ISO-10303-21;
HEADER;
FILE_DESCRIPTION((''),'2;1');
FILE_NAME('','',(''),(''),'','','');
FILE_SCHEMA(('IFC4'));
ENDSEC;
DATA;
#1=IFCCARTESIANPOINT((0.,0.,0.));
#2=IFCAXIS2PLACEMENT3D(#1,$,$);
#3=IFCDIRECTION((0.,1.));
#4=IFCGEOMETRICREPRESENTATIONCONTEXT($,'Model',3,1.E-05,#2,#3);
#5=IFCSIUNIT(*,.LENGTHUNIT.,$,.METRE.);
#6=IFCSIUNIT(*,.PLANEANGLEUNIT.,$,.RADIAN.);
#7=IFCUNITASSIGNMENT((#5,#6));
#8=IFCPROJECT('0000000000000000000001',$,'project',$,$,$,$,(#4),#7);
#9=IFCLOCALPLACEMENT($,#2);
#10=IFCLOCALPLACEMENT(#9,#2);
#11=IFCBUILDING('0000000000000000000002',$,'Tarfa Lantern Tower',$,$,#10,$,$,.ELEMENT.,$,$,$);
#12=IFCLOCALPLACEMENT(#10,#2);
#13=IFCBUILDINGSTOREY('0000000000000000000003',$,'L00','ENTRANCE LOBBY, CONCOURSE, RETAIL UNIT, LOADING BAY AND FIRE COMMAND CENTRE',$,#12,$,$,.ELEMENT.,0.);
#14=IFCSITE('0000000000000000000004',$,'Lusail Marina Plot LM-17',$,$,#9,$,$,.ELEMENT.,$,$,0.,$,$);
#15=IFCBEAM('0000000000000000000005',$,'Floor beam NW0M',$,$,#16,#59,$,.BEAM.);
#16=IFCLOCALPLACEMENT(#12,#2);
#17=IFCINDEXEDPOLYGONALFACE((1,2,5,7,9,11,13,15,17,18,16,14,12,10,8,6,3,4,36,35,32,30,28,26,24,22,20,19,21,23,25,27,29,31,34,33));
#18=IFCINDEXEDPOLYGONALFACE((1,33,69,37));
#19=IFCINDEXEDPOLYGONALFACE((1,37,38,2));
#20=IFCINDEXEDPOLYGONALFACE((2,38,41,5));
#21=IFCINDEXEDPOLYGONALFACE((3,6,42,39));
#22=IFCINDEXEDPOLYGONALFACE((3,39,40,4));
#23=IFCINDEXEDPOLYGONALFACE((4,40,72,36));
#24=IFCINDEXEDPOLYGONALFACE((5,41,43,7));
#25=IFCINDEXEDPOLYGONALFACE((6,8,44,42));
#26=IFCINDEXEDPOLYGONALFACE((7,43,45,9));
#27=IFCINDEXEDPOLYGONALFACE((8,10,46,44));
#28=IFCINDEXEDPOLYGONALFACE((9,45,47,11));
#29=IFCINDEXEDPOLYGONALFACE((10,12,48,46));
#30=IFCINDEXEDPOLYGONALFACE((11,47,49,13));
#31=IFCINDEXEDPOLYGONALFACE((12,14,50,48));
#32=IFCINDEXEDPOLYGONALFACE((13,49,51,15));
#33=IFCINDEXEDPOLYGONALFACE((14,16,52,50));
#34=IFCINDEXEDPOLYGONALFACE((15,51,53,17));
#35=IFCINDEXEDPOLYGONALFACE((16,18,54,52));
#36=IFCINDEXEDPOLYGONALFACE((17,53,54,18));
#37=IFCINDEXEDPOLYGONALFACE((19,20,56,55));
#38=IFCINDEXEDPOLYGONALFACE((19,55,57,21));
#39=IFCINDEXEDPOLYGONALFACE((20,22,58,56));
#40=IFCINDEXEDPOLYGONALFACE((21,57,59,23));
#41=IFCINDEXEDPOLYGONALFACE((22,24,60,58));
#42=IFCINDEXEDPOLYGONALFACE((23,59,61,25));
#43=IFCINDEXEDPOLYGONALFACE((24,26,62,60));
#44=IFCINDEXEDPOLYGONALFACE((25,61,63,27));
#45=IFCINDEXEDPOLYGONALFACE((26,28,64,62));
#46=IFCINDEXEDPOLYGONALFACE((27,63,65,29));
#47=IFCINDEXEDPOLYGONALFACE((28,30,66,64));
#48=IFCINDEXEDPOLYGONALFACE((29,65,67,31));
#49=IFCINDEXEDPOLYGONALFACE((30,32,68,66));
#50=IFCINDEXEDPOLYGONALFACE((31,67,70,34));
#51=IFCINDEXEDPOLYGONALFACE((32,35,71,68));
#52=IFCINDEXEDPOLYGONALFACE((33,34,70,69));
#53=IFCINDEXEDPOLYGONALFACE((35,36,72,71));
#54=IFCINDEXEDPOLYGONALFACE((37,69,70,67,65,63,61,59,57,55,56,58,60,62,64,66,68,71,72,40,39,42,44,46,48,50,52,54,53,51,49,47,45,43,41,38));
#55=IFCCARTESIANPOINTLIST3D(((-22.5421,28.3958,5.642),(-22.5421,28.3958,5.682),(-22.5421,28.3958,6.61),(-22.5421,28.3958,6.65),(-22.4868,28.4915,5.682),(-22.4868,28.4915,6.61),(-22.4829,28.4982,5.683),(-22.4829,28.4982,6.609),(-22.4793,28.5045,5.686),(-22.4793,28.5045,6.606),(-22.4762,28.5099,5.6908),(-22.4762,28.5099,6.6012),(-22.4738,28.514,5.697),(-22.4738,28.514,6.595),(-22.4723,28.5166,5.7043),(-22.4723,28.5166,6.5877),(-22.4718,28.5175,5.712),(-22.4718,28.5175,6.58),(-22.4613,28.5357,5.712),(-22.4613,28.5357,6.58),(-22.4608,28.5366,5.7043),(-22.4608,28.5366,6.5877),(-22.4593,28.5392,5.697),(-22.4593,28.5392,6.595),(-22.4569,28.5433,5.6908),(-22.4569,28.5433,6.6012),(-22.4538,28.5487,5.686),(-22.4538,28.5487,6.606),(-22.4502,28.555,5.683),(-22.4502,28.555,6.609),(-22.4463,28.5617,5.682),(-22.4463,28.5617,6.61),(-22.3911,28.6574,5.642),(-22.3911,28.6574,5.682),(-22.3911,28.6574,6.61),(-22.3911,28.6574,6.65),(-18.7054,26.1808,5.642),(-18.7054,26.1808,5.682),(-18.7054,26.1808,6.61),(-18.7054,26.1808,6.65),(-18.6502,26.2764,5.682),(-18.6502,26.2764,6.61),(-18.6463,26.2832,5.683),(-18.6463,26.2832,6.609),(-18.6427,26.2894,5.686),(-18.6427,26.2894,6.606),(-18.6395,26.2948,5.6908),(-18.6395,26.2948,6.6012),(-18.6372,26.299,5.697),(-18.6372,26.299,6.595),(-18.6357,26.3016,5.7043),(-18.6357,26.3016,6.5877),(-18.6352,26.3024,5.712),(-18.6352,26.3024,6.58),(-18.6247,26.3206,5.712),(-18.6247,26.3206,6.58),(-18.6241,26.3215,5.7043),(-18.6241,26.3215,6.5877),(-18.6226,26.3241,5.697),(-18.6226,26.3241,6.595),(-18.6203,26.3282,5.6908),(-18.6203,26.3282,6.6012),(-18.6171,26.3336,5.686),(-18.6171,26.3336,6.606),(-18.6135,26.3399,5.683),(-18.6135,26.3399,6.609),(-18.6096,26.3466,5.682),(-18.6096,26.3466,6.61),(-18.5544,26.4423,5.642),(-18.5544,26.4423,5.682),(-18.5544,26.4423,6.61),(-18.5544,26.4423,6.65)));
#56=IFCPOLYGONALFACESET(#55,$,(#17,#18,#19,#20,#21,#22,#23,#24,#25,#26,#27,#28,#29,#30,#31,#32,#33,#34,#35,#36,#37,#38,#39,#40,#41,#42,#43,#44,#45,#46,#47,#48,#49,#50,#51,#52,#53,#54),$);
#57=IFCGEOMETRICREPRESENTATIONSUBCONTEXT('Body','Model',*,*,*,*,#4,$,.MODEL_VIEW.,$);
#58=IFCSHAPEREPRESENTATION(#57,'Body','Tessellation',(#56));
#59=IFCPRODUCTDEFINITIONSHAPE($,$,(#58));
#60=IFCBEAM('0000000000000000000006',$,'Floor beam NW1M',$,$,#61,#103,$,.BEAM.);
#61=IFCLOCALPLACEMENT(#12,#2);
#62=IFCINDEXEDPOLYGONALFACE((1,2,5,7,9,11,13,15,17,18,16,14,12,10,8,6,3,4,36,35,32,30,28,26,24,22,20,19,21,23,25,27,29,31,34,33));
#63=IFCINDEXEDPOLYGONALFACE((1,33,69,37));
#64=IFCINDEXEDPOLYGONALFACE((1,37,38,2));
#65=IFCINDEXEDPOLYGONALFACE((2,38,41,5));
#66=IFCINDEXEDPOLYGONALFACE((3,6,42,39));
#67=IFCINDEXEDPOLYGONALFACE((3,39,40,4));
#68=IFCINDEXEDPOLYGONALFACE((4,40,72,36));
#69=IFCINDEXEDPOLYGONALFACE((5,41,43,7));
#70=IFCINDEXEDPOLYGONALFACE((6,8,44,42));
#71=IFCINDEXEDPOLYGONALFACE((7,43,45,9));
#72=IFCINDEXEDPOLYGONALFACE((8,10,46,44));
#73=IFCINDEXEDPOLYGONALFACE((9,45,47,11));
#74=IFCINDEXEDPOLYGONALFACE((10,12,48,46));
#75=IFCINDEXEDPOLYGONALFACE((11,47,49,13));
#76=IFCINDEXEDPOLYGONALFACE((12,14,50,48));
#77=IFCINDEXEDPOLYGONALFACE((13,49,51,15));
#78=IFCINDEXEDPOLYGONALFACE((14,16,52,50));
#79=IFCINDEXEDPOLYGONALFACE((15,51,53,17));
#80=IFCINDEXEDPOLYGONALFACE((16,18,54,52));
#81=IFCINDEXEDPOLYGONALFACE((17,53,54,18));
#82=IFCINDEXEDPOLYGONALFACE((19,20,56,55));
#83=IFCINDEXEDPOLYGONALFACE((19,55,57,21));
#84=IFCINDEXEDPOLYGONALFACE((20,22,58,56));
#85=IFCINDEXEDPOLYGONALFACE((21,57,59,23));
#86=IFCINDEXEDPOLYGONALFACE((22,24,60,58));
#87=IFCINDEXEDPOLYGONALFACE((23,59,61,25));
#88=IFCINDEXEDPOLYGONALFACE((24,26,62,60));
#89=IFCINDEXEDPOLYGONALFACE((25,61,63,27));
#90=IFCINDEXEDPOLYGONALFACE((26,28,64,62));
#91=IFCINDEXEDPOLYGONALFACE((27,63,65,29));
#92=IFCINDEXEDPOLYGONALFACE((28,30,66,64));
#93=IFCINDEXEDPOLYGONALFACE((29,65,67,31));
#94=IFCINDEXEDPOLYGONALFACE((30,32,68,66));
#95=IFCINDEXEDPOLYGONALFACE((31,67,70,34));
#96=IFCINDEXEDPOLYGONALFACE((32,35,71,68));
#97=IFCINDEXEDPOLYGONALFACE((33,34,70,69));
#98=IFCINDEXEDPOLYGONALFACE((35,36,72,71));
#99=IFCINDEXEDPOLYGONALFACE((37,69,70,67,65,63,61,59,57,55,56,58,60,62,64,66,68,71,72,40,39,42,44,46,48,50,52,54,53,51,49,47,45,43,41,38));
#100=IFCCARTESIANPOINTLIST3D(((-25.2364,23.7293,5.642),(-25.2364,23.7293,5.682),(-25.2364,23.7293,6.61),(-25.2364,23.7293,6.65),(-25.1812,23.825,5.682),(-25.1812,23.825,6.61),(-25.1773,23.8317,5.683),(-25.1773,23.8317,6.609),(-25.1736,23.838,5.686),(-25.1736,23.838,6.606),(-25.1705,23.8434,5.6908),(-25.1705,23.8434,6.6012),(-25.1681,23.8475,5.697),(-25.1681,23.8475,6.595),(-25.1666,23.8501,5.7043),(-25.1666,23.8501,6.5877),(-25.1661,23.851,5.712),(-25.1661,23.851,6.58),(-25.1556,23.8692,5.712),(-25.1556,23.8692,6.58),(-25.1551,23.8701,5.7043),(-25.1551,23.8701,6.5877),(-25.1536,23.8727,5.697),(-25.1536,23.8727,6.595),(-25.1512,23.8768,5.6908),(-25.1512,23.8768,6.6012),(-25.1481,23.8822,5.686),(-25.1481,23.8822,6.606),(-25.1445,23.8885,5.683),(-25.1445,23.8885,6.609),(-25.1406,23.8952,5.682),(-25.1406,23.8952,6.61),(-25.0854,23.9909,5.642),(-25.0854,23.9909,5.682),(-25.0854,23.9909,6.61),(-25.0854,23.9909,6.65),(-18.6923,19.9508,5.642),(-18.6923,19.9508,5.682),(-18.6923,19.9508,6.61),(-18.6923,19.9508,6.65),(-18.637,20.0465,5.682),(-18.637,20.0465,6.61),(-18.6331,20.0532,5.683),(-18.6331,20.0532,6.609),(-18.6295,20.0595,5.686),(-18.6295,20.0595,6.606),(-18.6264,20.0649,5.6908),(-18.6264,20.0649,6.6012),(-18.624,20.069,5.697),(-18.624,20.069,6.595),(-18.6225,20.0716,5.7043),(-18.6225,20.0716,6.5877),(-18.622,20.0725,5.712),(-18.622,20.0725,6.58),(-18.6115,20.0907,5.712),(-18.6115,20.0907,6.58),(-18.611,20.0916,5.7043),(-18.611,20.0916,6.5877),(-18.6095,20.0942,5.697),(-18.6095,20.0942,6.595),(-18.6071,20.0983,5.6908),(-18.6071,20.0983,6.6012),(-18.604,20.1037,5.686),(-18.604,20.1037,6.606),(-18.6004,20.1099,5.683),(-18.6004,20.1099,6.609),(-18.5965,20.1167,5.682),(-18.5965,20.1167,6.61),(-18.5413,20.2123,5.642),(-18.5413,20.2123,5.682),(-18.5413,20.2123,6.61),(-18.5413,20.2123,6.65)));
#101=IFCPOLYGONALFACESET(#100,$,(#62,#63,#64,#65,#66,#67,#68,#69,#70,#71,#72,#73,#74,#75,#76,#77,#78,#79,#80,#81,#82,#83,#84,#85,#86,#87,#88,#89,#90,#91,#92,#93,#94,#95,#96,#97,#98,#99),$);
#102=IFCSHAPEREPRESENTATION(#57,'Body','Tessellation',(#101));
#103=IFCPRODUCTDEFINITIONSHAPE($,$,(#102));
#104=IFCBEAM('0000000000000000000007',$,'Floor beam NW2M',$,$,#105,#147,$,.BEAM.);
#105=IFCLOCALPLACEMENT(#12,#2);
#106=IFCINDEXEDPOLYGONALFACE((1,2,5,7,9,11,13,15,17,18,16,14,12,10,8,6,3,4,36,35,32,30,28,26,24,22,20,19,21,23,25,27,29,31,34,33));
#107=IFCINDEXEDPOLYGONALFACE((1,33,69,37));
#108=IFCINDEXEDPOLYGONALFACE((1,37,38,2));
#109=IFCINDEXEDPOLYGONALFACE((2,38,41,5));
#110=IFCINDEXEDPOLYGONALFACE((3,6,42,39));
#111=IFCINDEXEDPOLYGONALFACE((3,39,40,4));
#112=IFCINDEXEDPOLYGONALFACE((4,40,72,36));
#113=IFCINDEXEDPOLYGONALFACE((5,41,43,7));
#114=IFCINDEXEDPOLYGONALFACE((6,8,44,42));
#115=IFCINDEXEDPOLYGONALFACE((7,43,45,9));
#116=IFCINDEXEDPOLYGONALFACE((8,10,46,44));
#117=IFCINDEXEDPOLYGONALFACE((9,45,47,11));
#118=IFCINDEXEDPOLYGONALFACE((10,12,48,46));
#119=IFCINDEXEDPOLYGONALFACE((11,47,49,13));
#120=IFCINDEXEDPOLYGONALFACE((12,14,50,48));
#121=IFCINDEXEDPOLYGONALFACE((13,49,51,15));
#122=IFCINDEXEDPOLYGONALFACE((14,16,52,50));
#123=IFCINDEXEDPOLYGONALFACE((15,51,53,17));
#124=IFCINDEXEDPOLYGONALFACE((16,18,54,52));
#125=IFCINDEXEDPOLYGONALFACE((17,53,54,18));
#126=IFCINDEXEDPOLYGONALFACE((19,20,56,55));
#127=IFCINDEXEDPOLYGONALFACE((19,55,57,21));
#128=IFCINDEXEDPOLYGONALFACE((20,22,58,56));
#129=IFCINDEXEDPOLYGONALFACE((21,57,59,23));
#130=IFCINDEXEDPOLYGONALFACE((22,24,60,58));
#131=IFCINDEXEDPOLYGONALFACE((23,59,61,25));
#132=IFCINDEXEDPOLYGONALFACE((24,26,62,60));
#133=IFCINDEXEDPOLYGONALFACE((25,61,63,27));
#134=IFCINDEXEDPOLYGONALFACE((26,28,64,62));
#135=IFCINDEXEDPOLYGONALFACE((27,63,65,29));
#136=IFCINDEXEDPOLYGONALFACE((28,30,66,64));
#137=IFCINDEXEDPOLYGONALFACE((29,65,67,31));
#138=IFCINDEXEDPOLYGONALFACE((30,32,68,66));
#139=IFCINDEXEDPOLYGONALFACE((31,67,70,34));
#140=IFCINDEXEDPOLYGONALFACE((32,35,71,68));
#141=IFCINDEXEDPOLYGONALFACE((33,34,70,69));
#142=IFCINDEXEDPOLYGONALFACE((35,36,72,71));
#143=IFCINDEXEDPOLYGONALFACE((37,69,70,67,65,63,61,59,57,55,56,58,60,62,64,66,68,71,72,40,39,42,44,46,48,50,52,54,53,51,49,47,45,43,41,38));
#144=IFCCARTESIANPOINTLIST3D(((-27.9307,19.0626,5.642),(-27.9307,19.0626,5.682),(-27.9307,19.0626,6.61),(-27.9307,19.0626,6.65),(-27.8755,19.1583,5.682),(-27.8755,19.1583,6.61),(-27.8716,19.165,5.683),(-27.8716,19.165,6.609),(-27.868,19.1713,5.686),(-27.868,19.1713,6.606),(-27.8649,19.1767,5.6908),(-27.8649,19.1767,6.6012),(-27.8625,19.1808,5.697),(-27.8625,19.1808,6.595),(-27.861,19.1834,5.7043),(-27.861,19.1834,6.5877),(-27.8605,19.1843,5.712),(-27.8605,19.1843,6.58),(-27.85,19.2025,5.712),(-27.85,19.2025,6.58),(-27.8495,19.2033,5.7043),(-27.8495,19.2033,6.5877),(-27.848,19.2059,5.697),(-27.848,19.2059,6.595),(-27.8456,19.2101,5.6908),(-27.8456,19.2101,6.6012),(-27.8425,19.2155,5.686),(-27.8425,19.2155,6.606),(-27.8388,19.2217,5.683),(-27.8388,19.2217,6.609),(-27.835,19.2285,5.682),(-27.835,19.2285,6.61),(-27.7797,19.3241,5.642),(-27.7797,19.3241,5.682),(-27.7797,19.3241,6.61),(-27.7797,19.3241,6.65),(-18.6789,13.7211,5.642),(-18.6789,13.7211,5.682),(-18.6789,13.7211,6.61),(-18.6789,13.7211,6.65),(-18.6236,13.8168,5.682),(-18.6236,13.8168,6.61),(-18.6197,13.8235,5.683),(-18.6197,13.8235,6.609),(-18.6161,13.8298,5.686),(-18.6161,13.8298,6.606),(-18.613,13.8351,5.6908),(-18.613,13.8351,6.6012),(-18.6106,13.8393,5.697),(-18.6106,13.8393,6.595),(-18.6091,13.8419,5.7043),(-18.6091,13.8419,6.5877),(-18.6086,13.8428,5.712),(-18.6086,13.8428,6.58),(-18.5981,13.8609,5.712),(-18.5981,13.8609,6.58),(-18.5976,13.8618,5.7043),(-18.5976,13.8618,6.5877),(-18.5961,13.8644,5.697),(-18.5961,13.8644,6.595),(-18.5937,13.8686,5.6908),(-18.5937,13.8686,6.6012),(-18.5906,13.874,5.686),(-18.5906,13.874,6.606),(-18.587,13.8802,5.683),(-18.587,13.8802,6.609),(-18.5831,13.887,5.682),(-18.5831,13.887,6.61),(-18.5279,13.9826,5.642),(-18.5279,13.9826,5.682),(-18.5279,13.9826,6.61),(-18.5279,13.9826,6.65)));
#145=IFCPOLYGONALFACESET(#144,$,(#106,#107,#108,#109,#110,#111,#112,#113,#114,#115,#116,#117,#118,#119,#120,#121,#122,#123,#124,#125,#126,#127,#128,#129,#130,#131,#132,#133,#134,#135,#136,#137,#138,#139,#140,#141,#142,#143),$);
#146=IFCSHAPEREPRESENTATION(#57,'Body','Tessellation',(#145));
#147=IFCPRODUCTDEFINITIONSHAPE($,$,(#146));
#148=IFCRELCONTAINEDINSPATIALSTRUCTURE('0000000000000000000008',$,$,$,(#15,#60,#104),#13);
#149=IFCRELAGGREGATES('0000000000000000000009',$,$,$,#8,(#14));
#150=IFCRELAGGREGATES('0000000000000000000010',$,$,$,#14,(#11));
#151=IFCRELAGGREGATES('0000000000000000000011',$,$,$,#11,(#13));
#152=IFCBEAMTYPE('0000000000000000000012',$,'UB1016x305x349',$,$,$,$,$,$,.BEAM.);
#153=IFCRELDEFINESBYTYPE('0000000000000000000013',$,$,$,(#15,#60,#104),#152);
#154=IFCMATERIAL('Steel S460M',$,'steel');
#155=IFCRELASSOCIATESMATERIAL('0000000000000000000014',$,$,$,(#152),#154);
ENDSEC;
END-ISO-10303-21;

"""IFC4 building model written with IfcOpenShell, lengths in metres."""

from ifc_helpers import new_model, si_unit, direction, frame, origin, origin_2d, place, context, subcontext, project, spatial, i_section, extrude, material, material_profile, profile_set, type_object, element, save


model = new_model("IFC4")

# Units and contexts
model_context = context("Model", 3, precision=1e-05, world=origin(), true_north=direction((0.0, 1.0)))
body_context = subcontext(model_context, "Body", "Model", "MODEL_VIEW")
ifc_project = project(units=[si_unit("LENGTHUNIT", "METRE"), si_unit("PLANEANGLEUNIT", "RADIAN")], contexts=[model_context])

# Site, building, storey
site_placement = place(None, origin())
site = spatial("IfcSite", under=ifc_project, at=site_placement, Name="Lusail Marina Plot LM-17", CompositionType="ELEMENT", RefElevation=0.0)
building_placement = place(site_placement, origin())
building = spatial("IfcBuilding", under=site, at=building_placement, Name="Tarfa Lantern Tower", CompositionType="ELEMENT")
storey_placement = place(building_placement, origin())
storey = spatial("IfcBuildingStorey", under=building, at=storey_placement, Name="L00", Description="ENTRANCE LOBBY, CONCOURSE, RETAIL UNIT, LOADING BAY AND FIRE COMMAND CENTRE", CompositionType="ELEMENT", Elevation=0.0)

# Beams
ifc_material_1 = material(Name="Steel S460M", Category="steel")
ifc_material_profile_1 = material_profile(ifc_material_1, i_section(OverallWidth=0.302, OverallDepth=1.0081, WebThickness=0.021, FlangeThickness=0.04, FilletRadius=0.03, at=origin_2d()), Name="UB1016x305x349")
ifc_profile_set_1 = profile_set([ifc_material_profile_1], Name="Steel S460M")
beam_type_1 = type_object("IfcBeamType", Name="UB1016x305x349", PredefinedType="BEAM", material=ifc_profile_set_1)
beam_1_placement = place(storey_placement, frame((-22.4666, 28.5266, 6.146), z_axis=(0.866027, -0.499998, 0.0), x_axis=(0.499998, 0.866027, 0.0)))
element("IfcBeam", 1, at=beam_1_placement, inside=storey, type_object=beam_type_1, Name="Floor beam NW0M", PredefinedType="BEAM", context=body_context, shape_type="SweptSolid", body=[
    extrude(i_section(OverallWidth=0.302, OverallDepth=1.0081, WebThickness=0.021, FlangeThickness=0.04, FilletRadius=0.03, at=origin_2d()), origin(), (0.0, 0.0, 1.0), 4.4302),
])
beam_2_placement = place(storey_placement, frame((-25.1609, 23.8601, 6.146), z_axis=(0.86601, -0.500027, 0.0), x_axis=(0.500027, 0.86601, 0.0)))
element("IfcBeam", 2, at=beam_2_placement, inside=storey, type_object=beam_type_1, Name="Floor beam NW1M", PredefinedType="BEAM", context=body_context, shape_type="SweptSolid", body=[
    extrude(i_section(OverallWidth=0.302, OverallDepth=1.0081, WebThickness=0.021, FlangeThickness=0.04, FilletRadius=0.03, at=origin_2d()), origin(), (0.0, 0.0, 1.0), 7.5566),
])
beam_3_placement = place(storey_placement, frame((-27.8552, 19.1934, 6.146), z_axis=(0.866028, -0.499995, 0.0), x_axis=(0.499995, 0.866028, 0.0)))
element("IfcBeam", 3, at=beam_3_placement, inside=storey, type_object=beam_type_1, Name="Floor beam NW2M", PredefinedType="BEAM", context=body_context, shape_type="SweptSolid", body=[
    extrude(i_section(OverallWidth=0.302, OverallDepth=1.0081, WebThickness=0.021, FlangeThickness=0.04, FilletRadius=0.03, at=origin_2d()), origin(), (0.0, 0.0, 1.0), 10.6831),
])

save(model, "model.ifc")
